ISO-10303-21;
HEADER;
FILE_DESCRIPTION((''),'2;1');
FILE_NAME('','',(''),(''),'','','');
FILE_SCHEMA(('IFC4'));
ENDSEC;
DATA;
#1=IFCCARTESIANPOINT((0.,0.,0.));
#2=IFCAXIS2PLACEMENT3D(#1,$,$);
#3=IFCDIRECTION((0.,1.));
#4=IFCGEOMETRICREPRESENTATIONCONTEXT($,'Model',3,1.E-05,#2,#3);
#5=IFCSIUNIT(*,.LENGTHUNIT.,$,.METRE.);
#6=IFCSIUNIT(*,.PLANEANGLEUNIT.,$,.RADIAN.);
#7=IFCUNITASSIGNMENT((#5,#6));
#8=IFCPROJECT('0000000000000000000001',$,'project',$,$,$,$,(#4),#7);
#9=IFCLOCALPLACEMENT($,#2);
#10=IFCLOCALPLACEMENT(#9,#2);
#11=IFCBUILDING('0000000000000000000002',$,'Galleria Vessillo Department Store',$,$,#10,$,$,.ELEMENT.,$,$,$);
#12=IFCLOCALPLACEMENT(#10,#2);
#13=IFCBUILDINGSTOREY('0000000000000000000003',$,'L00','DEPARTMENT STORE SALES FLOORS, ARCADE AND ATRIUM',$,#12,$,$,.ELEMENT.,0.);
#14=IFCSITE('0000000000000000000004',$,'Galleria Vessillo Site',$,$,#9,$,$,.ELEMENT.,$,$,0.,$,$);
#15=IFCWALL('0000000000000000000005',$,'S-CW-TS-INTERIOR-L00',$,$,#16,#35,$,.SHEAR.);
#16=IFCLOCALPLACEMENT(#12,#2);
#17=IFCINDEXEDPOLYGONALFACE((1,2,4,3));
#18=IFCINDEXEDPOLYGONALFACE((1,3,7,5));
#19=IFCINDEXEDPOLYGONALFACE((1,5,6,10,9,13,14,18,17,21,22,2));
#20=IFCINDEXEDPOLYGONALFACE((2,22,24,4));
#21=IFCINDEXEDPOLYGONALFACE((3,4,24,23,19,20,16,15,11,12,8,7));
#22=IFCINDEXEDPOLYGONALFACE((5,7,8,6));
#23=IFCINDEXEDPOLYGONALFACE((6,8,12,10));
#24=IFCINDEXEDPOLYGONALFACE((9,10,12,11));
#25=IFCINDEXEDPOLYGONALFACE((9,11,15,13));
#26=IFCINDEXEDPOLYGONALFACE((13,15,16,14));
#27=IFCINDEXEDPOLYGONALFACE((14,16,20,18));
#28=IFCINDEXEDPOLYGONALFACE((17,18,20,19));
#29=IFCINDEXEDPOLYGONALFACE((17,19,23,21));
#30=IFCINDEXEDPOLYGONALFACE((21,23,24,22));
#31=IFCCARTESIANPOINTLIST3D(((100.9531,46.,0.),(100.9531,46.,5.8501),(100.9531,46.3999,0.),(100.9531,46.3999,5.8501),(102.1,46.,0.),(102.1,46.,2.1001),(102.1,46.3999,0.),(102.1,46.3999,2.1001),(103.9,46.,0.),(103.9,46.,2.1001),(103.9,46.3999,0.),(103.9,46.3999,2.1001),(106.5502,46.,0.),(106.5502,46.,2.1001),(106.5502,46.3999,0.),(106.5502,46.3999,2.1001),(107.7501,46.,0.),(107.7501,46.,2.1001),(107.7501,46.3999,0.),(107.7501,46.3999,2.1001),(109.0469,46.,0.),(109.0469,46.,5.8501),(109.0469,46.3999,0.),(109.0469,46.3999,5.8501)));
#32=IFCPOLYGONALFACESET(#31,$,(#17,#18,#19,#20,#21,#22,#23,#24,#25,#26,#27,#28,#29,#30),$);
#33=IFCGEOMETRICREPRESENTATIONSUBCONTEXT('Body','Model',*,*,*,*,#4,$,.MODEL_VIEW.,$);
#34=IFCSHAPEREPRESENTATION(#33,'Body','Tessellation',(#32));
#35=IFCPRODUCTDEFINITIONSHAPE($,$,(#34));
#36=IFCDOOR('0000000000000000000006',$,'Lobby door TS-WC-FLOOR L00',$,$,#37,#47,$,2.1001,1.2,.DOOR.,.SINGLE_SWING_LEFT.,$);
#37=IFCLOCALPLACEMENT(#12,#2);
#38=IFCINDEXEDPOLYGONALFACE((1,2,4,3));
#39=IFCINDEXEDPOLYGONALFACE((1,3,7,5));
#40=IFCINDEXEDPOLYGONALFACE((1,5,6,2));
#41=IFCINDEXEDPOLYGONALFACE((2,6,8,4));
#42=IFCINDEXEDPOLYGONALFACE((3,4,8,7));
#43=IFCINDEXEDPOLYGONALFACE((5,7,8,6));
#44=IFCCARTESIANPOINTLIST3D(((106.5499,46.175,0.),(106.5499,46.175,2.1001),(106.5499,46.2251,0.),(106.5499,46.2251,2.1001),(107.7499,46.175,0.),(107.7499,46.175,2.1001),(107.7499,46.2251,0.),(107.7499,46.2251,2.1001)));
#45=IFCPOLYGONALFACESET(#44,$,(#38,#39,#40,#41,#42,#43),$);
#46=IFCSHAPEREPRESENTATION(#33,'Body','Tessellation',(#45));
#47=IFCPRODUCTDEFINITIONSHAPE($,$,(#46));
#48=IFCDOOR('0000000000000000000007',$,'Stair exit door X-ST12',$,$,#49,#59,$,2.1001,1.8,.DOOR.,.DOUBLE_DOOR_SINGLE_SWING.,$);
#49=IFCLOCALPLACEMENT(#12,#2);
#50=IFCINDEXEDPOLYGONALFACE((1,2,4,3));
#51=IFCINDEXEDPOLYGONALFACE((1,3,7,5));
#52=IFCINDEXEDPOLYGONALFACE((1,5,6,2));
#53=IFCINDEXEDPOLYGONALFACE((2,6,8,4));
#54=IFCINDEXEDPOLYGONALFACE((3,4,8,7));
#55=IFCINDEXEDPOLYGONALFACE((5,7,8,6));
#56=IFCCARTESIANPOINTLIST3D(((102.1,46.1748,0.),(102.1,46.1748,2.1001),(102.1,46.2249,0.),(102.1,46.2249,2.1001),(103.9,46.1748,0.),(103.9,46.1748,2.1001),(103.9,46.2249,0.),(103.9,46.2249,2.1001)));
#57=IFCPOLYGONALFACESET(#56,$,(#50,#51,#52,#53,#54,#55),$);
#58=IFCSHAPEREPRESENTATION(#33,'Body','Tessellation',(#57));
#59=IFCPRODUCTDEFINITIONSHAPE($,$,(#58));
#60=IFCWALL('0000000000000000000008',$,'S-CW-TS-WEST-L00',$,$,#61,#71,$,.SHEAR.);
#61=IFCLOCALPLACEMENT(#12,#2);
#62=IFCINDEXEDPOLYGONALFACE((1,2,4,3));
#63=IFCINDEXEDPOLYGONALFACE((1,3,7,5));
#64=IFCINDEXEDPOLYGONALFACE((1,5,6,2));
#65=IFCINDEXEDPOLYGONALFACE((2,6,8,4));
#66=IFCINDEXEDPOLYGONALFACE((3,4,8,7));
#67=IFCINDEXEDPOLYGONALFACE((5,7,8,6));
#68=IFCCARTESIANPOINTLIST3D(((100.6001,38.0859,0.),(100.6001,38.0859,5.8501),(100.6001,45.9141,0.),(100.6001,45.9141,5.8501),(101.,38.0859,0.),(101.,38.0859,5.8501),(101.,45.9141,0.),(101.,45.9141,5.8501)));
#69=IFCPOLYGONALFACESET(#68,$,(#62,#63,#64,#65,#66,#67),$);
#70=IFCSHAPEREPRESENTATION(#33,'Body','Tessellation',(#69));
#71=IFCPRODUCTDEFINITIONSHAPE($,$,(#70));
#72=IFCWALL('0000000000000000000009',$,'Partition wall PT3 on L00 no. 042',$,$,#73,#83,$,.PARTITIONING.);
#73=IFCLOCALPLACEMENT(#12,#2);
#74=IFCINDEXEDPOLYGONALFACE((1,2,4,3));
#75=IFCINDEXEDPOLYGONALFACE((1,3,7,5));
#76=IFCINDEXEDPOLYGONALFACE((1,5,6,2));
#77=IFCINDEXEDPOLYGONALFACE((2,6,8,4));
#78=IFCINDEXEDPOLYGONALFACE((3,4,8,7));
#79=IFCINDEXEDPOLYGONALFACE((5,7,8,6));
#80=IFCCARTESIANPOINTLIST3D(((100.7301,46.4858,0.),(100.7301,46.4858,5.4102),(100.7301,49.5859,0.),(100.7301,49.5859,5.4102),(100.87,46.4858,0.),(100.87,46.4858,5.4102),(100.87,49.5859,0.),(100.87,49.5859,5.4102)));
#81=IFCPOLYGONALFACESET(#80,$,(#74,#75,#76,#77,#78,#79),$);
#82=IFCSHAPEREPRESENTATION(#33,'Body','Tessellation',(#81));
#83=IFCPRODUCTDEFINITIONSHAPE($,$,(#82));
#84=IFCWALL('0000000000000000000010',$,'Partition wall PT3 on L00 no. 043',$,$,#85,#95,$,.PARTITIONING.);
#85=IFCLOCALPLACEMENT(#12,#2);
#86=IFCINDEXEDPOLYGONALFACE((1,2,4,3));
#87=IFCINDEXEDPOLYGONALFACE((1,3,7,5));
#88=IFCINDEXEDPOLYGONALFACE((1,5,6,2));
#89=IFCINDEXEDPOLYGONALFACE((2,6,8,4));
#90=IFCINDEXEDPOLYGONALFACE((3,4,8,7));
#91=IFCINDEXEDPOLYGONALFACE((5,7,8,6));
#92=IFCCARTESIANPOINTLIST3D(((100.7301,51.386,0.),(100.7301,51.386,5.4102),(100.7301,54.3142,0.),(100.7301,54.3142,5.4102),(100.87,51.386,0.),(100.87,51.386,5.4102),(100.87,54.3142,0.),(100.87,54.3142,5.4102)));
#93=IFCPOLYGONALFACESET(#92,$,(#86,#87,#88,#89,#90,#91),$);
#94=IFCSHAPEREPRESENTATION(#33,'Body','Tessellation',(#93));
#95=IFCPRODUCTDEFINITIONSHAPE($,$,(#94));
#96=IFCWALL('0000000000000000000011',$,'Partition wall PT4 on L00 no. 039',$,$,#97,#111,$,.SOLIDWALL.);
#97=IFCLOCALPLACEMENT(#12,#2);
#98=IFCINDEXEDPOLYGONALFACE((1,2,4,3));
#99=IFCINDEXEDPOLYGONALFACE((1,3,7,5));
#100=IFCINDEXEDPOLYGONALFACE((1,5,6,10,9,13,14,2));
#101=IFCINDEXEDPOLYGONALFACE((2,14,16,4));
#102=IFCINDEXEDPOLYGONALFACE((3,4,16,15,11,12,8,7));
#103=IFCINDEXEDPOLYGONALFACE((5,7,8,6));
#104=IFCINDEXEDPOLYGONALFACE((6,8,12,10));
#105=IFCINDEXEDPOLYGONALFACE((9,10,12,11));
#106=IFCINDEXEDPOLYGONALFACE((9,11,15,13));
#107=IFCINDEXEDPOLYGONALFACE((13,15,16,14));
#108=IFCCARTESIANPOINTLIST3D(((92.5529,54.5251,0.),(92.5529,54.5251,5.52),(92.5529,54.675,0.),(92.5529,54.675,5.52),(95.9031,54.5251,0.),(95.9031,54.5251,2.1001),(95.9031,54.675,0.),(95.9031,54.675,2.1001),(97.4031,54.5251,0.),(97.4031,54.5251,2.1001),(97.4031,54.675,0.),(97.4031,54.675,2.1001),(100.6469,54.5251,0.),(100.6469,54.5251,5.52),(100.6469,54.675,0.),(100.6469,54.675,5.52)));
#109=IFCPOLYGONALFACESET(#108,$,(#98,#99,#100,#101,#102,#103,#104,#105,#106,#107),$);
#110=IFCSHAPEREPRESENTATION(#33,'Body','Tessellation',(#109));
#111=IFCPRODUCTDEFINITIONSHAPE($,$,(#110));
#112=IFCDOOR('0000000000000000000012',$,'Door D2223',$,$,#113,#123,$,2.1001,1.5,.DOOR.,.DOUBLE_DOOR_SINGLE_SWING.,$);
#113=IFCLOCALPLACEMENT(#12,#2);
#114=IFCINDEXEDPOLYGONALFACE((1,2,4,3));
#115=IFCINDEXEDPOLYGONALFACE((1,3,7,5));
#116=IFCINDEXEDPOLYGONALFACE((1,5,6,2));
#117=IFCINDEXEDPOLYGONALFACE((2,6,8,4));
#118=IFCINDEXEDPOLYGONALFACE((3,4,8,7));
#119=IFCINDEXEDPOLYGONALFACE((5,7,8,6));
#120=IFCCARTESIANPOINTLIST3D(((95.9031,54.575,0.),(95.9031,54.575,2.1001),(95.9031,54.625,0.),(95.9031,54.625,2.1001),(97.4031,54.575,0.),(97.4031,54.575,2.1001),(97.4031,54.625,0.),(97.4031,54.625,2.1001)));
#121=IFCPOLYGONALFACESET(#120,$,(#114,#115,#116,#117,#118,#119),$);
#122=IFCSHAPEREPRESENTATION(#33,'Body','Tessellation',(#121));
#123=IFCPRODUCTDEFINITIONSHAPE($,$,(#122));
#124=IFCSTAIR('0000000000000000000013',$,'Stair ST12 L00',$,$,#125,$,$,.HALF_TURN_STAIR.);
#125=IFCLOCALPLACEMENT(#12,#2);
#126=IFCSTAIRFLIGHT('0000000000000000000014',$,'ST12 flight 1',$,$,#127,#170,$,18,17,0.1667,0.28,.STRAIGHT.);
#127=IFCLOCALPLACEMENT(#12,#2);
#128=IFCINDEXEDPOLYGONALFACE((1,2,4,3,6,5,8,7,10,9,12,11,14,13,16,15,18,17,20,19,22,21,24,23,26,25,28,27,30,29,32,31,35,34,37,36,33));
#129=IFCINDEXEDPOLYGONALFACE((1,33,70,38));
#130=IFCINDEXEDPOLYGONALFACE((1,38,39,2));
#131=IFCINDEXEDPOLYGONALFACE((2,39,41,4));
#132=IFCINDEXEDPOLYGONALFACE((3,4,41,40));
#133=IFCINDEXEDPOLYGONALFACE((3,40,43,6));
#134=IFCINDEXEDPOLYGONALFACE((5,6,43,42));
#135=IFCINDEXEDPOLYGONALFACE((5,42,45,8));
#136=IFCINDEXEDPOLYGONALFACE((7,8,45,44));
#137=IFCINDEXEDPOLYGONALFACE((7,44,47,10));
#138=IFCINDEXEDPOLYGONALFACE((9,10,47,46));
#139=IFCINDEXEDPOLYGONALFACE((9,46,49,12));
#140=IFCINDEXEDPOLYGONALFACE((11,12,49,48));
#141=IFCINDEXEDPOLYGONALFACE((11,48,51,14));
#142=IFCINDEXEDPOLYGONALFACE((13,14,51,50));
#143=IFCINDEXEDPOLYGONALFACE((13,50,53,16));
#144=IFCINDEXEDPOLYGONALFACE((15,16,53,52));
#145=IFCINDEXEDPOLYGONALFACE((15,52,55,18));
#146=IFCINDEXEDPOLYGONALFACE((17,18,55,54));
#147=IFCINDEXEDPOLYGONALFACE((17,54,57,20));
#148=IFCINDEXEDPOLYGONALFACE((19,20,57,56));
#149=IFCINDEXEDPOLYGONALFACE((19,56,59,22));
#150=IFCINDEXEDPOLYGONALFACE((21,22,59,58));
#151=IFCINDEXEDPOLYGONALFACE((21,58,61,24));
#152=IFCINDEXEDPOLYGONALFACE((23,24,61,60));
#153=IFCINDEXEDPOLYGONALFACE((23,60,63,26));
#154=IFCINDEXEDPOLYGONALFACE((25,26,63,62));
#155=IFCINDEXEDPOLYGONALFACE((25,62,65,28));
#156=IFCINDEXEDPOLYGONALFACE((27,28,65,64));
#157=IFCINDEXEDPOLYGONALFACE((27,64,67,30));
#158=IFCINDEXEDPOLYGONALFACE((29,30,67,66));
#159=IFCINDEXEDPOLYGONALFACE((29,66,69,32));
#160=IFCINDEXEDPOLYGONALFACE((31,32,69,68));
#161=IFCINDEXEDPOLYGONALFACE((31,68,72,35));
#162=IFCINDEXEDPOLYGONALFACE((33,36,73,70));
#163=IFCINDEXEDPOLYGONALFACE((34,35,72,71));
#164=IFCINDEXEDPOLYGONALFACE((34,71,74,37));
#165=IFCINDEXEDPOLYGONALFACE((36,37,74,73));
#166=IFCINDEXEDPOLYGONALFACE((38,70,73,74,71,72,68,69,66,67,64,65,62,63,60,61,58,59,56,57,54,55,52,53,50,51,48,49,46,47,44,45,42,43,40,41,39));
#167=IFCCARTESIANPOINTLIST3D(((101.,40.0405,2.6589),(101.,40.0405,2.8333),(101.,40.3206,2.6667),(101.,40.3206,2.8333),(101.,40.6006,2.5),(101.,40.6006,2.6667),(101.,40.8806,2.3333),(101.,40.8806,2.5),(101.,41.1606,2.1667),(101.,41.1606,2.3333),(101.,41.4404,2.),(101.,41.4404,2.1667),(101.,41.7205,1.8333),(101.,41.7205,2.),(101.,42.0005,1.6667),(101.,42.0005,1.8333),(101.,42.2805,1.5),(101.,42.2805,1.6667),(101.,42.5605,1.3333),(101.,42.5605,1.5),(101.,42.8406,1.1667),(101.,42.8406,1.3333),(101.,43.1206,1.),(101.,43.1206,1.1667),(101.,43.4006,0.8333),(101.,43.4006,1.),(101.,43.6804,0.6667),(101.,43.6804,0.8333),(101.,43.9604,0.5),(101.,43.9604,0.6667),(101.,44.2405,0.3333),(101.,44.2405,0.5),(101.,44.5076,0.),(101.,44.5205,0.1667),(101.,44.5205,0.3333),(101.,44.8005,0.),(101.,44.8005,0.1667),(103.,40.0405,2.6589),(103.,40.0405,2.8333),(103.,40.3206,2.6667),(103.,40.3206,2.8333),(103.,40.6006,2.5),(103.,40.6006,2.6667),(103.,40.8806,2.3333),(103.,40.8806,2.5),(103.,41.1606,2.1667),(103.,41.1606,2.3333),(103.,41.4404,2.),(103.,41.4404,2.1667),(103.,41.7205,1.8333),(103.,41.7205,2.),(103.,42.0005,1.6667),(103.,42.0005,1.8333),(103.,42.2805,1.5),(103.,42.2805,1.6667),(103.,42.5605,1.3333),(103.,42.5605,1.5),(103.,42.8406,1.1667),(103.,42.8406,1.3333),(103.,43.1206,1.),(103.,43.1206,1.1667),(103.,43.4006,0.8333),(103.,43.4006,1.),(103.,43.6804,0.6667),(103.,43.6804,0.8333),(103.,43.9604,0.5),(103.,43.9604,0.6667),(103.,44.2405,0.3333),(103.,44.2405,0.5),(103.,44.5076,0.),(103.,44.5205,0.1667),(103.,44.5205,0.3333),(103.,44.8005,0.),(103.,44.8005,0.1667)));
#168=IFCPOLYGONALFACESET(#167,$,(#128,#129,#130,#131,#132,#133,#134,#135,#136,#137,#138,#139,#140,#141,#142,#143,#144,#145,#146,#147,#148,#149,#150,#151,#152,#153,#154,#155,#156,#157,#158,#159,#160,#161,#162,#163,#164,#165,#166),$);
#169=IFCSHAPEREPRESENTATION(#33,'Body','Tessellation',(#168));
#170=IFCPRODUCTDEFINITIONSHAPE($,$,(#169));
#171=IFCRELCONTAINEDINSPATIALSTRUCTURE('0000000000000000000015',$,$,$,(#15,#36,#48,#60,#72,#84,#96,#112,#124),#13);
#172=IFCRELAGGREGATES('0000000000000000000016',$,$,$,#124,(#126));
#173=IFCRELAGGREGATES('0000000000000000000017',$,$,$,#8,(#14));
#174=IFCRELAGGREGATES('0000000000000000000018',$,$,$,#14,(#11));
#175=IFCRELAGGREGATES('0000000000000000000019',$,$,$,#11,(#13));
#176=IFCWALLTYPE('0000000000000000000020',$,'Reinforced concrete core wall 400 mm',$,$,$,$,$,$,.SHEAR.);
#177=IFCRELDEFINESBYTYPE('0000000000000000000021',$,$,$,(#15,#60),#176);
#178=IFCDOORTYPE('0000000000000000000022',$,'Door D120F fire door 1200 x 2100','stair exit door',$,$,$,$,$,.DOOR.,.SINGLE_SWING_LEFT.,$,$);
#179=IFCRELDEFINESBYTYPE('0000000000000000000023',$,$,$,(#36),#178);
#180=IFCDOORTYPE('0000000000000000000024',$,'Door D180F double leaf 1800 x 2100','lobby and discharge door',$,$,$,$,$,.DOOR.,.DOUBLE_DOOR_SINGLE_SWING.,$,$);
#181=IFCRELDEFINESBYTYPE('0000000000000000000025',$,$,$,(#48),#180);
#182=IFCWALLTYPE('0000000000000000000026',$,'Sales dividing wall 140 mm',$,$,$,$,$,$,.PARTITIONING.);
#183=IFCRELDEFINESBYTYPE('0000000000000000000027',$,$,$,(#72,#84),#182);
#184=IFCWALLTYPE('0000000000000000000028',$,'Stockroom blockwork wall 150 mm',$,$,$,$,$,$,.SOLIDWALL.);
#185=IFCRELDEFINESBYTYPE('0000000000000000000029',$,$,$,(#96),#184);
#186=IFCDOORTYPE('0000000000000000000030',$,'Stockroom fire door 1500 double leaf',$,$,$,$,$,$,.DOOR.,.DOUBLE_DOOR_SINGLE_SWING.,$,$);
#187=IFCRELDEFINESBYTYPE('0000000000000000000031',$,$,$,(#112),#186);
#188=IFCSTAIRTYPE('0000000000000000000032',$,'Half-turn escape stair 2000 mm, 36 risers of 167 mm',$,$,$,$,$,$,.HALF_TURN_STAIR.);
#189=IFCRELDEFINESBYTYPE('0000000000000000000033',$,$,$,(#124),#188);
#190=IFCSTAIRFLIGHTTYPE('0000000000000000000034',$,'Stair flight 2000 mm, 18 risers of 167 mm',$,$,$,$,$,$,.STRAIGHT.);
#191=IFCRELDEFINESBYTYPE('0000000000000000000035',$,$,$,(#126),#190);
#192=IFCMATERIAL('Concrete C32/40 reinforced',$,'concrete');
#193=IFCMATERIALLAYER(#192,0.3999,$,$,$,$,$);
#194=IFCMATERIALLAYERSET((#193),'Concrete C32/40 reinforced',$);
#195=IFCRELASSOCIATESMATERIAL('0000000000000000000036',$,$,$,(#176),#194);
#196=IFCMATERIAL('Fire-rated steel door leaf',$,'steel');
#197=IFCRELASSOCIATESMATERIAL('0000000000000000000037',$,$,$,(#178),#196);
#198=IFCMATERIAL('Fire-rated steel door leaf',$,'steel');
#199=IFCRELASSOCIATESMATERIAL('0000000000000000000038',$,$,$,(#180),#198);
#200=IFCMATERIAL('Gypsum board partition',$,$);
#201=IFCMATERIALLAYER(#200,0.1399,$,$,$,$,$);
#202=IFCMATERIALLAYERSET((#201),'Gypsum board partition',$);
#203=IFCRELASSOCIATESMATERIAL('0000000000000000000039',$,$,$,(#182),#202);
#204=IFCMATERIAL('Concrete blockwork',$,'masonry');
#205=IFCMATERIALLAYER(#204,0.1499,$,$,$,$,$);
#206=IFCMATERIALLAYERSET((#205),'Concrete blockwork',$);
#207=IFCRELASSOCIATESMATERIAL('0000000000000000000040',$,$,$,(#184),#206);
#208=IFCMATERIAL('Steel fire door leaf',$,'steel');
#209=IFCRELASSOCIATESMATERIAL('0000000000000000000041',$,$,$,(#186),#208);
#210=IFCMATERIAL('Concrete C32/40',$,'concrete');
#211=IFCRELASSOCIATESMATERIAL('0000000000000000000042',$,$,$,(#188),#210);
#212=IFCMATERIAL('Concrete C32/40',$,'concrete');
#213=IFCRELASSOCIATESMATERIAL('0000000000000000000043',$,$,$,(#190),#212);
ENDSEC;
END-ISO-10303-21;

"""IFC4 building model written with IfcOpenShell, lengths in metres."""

from ifc_helpers import new_model, si_unit, direction, frame, frame_2d, origin, place, context, subcontext, project, spatial, polyline, rectangle, outline, extrude, material, layer, layer_set, type_object, element, fill, aggregate, save


model = new_model("IFC4")

# Units and contexts
model_context = context("Model", 3, precision=1e-05, world=origin(), true_north=direction((0.0, 1.0)))
body_context = subcontext(model_context, "Body", "Model", "MODEL_VIEW")
ifc_project = project(units=[si_unit("LENGTHUNIT", "METRE"), si_unit("PLANEANGLEUNIT", "RADIAN")], contexts=[model_context])

# Site, building, storey
site_placement = place(None, origin())
site = spatial("IfcSite", under=ifc_project, at=site_placement, Name="Galleria Vessillo Site", CompositionType="ELEMENT", RefElevation=0.0)
building_placement = place(site_placement, origin())
building = spatial("IfcBuilding", under=site, at=building_placement, Name="Galleria Vessillo Department Store", CompositionType="ELEMENT")
storey_placement = place(building_placement, origin())
storey = spatial("IfcBuildingStorey", under=building, at=storey_placement, Name="L00", Description="DEPARTMENT STORE SALES FLOORS, ARCADE AND ATRIUM", CompositionType="ELEMENT", Elevation=0.0)

# Wall, openings, doors
ifc_material_1 = material(Name="Concrete C32/40 reinforced", Category="concrete")
ifc_layer_1 = layer(ifc_material_1, 0.3999)
ifc_layer_set_1 = layer_set([ifc_layer_1], Name="Concrete C32/40 reinforced")
wall_type_1 = type_object("IfcWallType", Name="Reinforced concrete core wall 400 mm", PredefinedType="SHEAR", material=ifc_layer_set_1)
wall_1_placement = place(storey_placement, frame((100.9531, 46.2, 0.0), z_axis=(0.0, 0.0, 1.0), x_axis=(1.0, 0.0, 0.0)))
wall_1 = element("IfcWall", 1, at=wall_1_placement, inside=storey, type_object=wall_type_1, Name="S-CW-TS-INTERIOR-L00", PredefinedType="SHEAR", context=body_context, shape_type="SweptSolid", body=[
    extrude(rectangle(XDim=8.0938, YDim=0.3999, at=frame_2d((4.0469, 0.0))), origin(), (0.0, 0.0, 1.0), 5.8501),
])
opening_1_placement = place(wall_1_placement, frame((5.5969, 0.0, 0.0)))
opening_1 = element("IfcOpeningElement", 2, at=opening_1_placement, cuts=wall_1, PredefinedType="OPENING", context=body_context, shape_type="SweptSolid", body=[
    extrude(rectangle(XDim=1.2, YDim=2.1001, at=frame_2d((0.6001, 1.05))), frame((0.0, 0.21, 0.0), z_axis=(0.0, -1.0, 0.0), x_axis=(1.0, 0.0, 0.0)), (0.0, 0.0, 1.0), 0.4199),
])
opening_2_placement = place(wall_1_placement, frame((1.147, 0.0, 0.0)))
opening_2 = element("IfcOpeningElement", 3, at=opening_2_placement, cuts=wall_1, PredefinedType="OPENING", context=body_context, shape_type="SweptSolid", body=[
    extrude(rectangle(XDim=1.8, YDim=2.1001, at=frame_2d((0.8999, 1.05))), frame((0.0, 0.21, 0.0), z_axis=(0.0, -1.0, 0.0), x_axis=(1.0, 0.0, 0.0)), (0.0, 0.0, 1.0), 0.4199),
])
ifc_material_2 = material(Name="Fire-rated steel door leaf", Category="steel")
door_type_1 = type_object("IfcDoorType", Name="Door D120F fire door 1200 x 2100", Description="stair exit door", OperationType="SINGLE_SWING_LEFT", PredefinedType="DOOR", material=ifc_material_2)
door_1_placement = place(opening_1_placement, frame((1.2, 0.0, 0.0), z_axis=(0.0, 0.0, 1.0), x_axis=(-1.0, 0.0, 0.0)))
door_1 = element("IfcDoor", 4, at=door_1_placement, inside=storey, type_object=door_type_1, Name="Lobby door TS-WC-FLOOR L00", OperationType="SINGLE_SWING_LEFT", OverallHeight=2.1001, OverallWidth=1.2, PredefinedType="DOOR", context=body_context, shape_type="SweptSolid", body=[
    extrude(rectangle(XDim=1.2, YDim=2.1001, at=frame_2d((0.6001, 1.05))), frame((0.0, 0.0249, 0.0), z_axis=(0.0, -1.0, 0.0), x_axis=(1.0, 0.0, 0.0)), (0.0, 0.0, 1.0), 0.05),
])
fill(opening_1, door_1)
ifc_material_3 = material(Name="Fire-rated steel door leaf", Category="steel")
door_type_2 = type_object("IfcDoorType", Name="Door D180F double leaf 1800 x 2100", Description="lobby and discharge door", OperationType="DOUBLE_DOOR_SINGLE_SWING", PredefinedType="DOOR", material=ifc_material_3)
door_2_placement = place(opening_2_placement, origin())
door_2 = element("IfcDoor", 5, at=door_2_placement, inside=storey, type_object=door_type_2, Name="Stair exit door X-ST12", OperationType="DOUBLE_DOOR_SINGLE_SWING", OverallHeight=2.1001, OverallWidth=1.8, PredefinedType="DOOR", context=body_context, shape_type="SweptSolid", body=[
    extrude(rectangle(XDim=1.8, YDim=2.1001, at=frame_2d((0.8999, 1.05))), frame((0.0, 0.0249, 0.0), z_axis=(0.0, -1.0, 0.0), x_axis=(1.0, 0.0, 0.0)), (0.0, 0.0, 1.0), 0.05),
])
fill(opening_2, door_2)

# Walls
wall_2_placement = place(storey_placement, frame((100.8, 38.0859, 0.0), z_axis=(0.0, 0.0, 1.0), x_axis=(0.0, 1.0, 0.0)))
element("IfcWall", 6, at=wall_2_placement, inside=storey, type_object=wall_type_1, Name="S-CW-TS-WEST-L00", PredefinedType="SHEAR", context=body_context, shape_type="SweptSolid", body=[
    extrude(rectangle(XDim=7.8281, YDim=0.3999, at=frame_2d((3.9141, 0.0))), origin(), (0.0, 0.0, 1.0), 5.8501),
])
ifc_material_4 = material(Name="Gypsum board partition")
ifc_layer_2 = layer(ifc_material_4, 0.1399)
ifc_layer_set_2 = layer_set([ifc_layer_2], Name="Gypsum board partition")
wall_type_2 = type_object("IfcWallType", Name="Sales dividing wall 140 mm", PredefinedType="PARTITIONING", material=ifc_layer_set_2)
wall_3_placement = place(storey_placement, frame((100.8, 46.4858, 0.0), z_axis=(0.0, 0.0, 1.0), x_axis=(0.0, 1.0, 0.0)))
element("IfcWall", 7, at=wall_3_placement, inside=storey, type_object=wall_type_2, Name="Partition wall PT3 on L00 no. 042", PredefinedType="PARTITIONING", context=body_context, shape_type="SweptSolid", body=[
    extrude(rectangle(XDim=3.1001, YDim=0.1399, at=frame_2d((1.55, 0.0))), origin(), (0.0, 0.0, 1.0), 5.4102),
])
wall_4_placement = place(storey_placement, frame((100.8, 51.386, 0.0), z_axis=(0.0, 0.0, 1.0), x_axis=(0.0, 1.0, 0.0)))
element("IfcWall", 8, at=wall_4_placement, inside=storey, type_object=wall_type_2, Name="Partition wall PT3 on L00 no. 043", PredefinedType="PARTITIONING", context=body_context, shape_type="SweptSolid", body=[
    extrude(rectangle(XDim=2.9282, YDim=0.1399, at=frame_2d((1.4641, 0.0))), origin(), (0.0, 0.0, 1.0), 5.4102),
])

# Wall, opening, door
ifc_material_5 = material(Name="Concrete blockwork", Category="masonry")
ifc_layer_3 = layer(ifc_material_5, 0.1499)
ifc_layer_set_3 = layer_set([ifc_layer_3], Name="Concrete blockwork")
wall_type_3 = type_object("IfcWallType", Name="Stockroom blockwork wall 150 mm", PredefinedType="SOLIDWALL", material=ifc_layer_set_3)
wall_5_placement = place(storey_placement, frame((92.553, 54.6001, 0.0), z_axis=(0.0, 0.0, 1.0), x_axis=(1.0, 0.0, 0.0)))
wall_5 = element("IfcWall", 9, at=wall_5_placement, inside=storey, type_object=wall_type_3, Name="Partition wall PT4 on L00 no. 039", PredefinedType="SOLIDWALL", context=body_context, shape_type="SweptSolid", body=[
    extrude(rectangle(XDim=8.094, YDim=0.1499, at=frame_2d((4.0469, 0.0))), origin(), (0.0, 0.0, 1.0), 5.52),
])
opening_3_placement = place(wall_5_placement, frame((3.3501, 0.0, 0.0)))
opening_3 = element("IfcOpeningElement", 10, at=opening_3_placement, cuts=wall_5, PredefinedType="OPENING", context=body_context, shape_type="SweptSolid", body=[
    extrude(rectangle(XDim=1.5, YDim=2.1001, at=frame_2d((0.75, 1.05))), frame((0.0, 0.085, 0.0), z_axis=(0.0, -1.0, 0.0), x_axis=(1.0, 0.0, 0.0)), (0.0, 0.0, 1.0), 0.1699),
])
ifc_material_6 = material(Name="Steel fire door leaf", Category="steel")
door_type_3 = type_object("IfcDoorType", Name="Stockroom fire door 1500 double leaf", OperationType="DOUBLE_DOOR_SINGLE_SWING", PredefinedType="DOOR", material=ifc_material_6)
door_3_placement = place(opening_3_placement, origin())
door_3 = element("IfcDoor", 11, at=door_3_placement, inside=storey, type_object=door_type_3, Name="Door D2223", OperationType="DOUBLE_DOOR_SINGLE_SWING", OverallHeight=2.1001, OverallWidth=1.5, PredefinedType="DOOR", context=body_context, shape_type="SweptSolid", body=[
    extrude(rectangle(XDim=1.5, YDim=2.1001, at=frame_2d((0.75, 1.05))), frame((0.0, 0.0249, 0.0), z_axis=(0.0, -1.0, 0.0), x_axis=(1.0, 0.0, 0.0)), (0.0, 0.0, 1.0), 0.05),
])
fill(opening_3, door_3)

# Stair, stair flight
ifc_material_7 = material(Name="Concrete C32/40", Category="concrete")
stair_type = type_object("IfcStairType", Name="Half-turn escape stair 2000 mm, 36 risers of 167 mm", PredefinedType="HALF_TURN_STAIR", material=ifc_material_7)
stair_placement = place(storey_placement, origin())
stair = element("IfcStair", 12, at=stair_placement, inside=storey, type_object=stair_type, Name="Stair ST12 L00", PredefinedType="HALF_TURN_STAIR")
ifc_material_8 = material(Name="Concrete C32/40", Category="concrete")
stair_flight_type = type_object("IfcStairFlightType", Name="Stair flight 2000 mm, 18 risers of 167 mm", PredefinedType="STRAIGHT", material=ifc_material_8)
stair_flight_1_placement = place(storey_placement, frame((102.0, 44.8005, 0.0), z_axis=(0.0, 0.0, 1.0), x_axis=(0.0, -1.0, 0.0)))
stair_flight_1 = element("IfcStairFlight", 13, at=stair_flight_1_placement, type_object=stair_flight_type, Name="ST12 flight 1", NumberOfRisers=18, NumberOfTreads=17, PredefinedType="STRAIGHT", RiserHeight=0.1667, TreadLength=0.28, context=body_context, shape_type="SweptSolid", body=[
    extrude(outline(polyline([(0.0, 0.0), (0.0, 0.1667), (0.28, 0.1667), (0.28, 0.3333), (0.5601, 0.3333), (0.5601, 0.5), (0.8401, 0.5), (0.8401, 0.6667), (1.1201, 0.6667), (1.1201, 0.8333), (1.3999, 0.8333), (1.3999, 1.0), (1.6799, 1.0), (1.6799, 1.1667), (1.96, 1.1667), (1.96, 1.3333), (2.24, 1.3333), (2.24, 1.5), (2.52, 1.5), (2.52, 1.6667), (2.8, 1.6667), (2.8, 1.8333), (3.0801, 1.8333), (3.0801, 2.0), (3.3601, 2.0), (3.3601, 2.1667), (3.6399, 2.1667), (3.6399, 2.3333), (3.9199, 2.3333), (3.9199, 2.5), (4.2, 2.5), (4.2, 2.6667), (4.48, 2.6667), (4.48, 2.8333), (4.76, 2.8333), (4.76, 3.0), (4.76, 2.6589), (0.293, 0.0), (0.0, 0.0)])), frame((0.0, 1.0, 0.0), z_axis=(0.0, -1.0, 0.0), x_axis=(1.0, 0.0, 0.0)), (0.0, 0.0, 1.0), 2.0),
])
aggregate(stair, [stair_flight_1])

save(model, "model.ifc")
